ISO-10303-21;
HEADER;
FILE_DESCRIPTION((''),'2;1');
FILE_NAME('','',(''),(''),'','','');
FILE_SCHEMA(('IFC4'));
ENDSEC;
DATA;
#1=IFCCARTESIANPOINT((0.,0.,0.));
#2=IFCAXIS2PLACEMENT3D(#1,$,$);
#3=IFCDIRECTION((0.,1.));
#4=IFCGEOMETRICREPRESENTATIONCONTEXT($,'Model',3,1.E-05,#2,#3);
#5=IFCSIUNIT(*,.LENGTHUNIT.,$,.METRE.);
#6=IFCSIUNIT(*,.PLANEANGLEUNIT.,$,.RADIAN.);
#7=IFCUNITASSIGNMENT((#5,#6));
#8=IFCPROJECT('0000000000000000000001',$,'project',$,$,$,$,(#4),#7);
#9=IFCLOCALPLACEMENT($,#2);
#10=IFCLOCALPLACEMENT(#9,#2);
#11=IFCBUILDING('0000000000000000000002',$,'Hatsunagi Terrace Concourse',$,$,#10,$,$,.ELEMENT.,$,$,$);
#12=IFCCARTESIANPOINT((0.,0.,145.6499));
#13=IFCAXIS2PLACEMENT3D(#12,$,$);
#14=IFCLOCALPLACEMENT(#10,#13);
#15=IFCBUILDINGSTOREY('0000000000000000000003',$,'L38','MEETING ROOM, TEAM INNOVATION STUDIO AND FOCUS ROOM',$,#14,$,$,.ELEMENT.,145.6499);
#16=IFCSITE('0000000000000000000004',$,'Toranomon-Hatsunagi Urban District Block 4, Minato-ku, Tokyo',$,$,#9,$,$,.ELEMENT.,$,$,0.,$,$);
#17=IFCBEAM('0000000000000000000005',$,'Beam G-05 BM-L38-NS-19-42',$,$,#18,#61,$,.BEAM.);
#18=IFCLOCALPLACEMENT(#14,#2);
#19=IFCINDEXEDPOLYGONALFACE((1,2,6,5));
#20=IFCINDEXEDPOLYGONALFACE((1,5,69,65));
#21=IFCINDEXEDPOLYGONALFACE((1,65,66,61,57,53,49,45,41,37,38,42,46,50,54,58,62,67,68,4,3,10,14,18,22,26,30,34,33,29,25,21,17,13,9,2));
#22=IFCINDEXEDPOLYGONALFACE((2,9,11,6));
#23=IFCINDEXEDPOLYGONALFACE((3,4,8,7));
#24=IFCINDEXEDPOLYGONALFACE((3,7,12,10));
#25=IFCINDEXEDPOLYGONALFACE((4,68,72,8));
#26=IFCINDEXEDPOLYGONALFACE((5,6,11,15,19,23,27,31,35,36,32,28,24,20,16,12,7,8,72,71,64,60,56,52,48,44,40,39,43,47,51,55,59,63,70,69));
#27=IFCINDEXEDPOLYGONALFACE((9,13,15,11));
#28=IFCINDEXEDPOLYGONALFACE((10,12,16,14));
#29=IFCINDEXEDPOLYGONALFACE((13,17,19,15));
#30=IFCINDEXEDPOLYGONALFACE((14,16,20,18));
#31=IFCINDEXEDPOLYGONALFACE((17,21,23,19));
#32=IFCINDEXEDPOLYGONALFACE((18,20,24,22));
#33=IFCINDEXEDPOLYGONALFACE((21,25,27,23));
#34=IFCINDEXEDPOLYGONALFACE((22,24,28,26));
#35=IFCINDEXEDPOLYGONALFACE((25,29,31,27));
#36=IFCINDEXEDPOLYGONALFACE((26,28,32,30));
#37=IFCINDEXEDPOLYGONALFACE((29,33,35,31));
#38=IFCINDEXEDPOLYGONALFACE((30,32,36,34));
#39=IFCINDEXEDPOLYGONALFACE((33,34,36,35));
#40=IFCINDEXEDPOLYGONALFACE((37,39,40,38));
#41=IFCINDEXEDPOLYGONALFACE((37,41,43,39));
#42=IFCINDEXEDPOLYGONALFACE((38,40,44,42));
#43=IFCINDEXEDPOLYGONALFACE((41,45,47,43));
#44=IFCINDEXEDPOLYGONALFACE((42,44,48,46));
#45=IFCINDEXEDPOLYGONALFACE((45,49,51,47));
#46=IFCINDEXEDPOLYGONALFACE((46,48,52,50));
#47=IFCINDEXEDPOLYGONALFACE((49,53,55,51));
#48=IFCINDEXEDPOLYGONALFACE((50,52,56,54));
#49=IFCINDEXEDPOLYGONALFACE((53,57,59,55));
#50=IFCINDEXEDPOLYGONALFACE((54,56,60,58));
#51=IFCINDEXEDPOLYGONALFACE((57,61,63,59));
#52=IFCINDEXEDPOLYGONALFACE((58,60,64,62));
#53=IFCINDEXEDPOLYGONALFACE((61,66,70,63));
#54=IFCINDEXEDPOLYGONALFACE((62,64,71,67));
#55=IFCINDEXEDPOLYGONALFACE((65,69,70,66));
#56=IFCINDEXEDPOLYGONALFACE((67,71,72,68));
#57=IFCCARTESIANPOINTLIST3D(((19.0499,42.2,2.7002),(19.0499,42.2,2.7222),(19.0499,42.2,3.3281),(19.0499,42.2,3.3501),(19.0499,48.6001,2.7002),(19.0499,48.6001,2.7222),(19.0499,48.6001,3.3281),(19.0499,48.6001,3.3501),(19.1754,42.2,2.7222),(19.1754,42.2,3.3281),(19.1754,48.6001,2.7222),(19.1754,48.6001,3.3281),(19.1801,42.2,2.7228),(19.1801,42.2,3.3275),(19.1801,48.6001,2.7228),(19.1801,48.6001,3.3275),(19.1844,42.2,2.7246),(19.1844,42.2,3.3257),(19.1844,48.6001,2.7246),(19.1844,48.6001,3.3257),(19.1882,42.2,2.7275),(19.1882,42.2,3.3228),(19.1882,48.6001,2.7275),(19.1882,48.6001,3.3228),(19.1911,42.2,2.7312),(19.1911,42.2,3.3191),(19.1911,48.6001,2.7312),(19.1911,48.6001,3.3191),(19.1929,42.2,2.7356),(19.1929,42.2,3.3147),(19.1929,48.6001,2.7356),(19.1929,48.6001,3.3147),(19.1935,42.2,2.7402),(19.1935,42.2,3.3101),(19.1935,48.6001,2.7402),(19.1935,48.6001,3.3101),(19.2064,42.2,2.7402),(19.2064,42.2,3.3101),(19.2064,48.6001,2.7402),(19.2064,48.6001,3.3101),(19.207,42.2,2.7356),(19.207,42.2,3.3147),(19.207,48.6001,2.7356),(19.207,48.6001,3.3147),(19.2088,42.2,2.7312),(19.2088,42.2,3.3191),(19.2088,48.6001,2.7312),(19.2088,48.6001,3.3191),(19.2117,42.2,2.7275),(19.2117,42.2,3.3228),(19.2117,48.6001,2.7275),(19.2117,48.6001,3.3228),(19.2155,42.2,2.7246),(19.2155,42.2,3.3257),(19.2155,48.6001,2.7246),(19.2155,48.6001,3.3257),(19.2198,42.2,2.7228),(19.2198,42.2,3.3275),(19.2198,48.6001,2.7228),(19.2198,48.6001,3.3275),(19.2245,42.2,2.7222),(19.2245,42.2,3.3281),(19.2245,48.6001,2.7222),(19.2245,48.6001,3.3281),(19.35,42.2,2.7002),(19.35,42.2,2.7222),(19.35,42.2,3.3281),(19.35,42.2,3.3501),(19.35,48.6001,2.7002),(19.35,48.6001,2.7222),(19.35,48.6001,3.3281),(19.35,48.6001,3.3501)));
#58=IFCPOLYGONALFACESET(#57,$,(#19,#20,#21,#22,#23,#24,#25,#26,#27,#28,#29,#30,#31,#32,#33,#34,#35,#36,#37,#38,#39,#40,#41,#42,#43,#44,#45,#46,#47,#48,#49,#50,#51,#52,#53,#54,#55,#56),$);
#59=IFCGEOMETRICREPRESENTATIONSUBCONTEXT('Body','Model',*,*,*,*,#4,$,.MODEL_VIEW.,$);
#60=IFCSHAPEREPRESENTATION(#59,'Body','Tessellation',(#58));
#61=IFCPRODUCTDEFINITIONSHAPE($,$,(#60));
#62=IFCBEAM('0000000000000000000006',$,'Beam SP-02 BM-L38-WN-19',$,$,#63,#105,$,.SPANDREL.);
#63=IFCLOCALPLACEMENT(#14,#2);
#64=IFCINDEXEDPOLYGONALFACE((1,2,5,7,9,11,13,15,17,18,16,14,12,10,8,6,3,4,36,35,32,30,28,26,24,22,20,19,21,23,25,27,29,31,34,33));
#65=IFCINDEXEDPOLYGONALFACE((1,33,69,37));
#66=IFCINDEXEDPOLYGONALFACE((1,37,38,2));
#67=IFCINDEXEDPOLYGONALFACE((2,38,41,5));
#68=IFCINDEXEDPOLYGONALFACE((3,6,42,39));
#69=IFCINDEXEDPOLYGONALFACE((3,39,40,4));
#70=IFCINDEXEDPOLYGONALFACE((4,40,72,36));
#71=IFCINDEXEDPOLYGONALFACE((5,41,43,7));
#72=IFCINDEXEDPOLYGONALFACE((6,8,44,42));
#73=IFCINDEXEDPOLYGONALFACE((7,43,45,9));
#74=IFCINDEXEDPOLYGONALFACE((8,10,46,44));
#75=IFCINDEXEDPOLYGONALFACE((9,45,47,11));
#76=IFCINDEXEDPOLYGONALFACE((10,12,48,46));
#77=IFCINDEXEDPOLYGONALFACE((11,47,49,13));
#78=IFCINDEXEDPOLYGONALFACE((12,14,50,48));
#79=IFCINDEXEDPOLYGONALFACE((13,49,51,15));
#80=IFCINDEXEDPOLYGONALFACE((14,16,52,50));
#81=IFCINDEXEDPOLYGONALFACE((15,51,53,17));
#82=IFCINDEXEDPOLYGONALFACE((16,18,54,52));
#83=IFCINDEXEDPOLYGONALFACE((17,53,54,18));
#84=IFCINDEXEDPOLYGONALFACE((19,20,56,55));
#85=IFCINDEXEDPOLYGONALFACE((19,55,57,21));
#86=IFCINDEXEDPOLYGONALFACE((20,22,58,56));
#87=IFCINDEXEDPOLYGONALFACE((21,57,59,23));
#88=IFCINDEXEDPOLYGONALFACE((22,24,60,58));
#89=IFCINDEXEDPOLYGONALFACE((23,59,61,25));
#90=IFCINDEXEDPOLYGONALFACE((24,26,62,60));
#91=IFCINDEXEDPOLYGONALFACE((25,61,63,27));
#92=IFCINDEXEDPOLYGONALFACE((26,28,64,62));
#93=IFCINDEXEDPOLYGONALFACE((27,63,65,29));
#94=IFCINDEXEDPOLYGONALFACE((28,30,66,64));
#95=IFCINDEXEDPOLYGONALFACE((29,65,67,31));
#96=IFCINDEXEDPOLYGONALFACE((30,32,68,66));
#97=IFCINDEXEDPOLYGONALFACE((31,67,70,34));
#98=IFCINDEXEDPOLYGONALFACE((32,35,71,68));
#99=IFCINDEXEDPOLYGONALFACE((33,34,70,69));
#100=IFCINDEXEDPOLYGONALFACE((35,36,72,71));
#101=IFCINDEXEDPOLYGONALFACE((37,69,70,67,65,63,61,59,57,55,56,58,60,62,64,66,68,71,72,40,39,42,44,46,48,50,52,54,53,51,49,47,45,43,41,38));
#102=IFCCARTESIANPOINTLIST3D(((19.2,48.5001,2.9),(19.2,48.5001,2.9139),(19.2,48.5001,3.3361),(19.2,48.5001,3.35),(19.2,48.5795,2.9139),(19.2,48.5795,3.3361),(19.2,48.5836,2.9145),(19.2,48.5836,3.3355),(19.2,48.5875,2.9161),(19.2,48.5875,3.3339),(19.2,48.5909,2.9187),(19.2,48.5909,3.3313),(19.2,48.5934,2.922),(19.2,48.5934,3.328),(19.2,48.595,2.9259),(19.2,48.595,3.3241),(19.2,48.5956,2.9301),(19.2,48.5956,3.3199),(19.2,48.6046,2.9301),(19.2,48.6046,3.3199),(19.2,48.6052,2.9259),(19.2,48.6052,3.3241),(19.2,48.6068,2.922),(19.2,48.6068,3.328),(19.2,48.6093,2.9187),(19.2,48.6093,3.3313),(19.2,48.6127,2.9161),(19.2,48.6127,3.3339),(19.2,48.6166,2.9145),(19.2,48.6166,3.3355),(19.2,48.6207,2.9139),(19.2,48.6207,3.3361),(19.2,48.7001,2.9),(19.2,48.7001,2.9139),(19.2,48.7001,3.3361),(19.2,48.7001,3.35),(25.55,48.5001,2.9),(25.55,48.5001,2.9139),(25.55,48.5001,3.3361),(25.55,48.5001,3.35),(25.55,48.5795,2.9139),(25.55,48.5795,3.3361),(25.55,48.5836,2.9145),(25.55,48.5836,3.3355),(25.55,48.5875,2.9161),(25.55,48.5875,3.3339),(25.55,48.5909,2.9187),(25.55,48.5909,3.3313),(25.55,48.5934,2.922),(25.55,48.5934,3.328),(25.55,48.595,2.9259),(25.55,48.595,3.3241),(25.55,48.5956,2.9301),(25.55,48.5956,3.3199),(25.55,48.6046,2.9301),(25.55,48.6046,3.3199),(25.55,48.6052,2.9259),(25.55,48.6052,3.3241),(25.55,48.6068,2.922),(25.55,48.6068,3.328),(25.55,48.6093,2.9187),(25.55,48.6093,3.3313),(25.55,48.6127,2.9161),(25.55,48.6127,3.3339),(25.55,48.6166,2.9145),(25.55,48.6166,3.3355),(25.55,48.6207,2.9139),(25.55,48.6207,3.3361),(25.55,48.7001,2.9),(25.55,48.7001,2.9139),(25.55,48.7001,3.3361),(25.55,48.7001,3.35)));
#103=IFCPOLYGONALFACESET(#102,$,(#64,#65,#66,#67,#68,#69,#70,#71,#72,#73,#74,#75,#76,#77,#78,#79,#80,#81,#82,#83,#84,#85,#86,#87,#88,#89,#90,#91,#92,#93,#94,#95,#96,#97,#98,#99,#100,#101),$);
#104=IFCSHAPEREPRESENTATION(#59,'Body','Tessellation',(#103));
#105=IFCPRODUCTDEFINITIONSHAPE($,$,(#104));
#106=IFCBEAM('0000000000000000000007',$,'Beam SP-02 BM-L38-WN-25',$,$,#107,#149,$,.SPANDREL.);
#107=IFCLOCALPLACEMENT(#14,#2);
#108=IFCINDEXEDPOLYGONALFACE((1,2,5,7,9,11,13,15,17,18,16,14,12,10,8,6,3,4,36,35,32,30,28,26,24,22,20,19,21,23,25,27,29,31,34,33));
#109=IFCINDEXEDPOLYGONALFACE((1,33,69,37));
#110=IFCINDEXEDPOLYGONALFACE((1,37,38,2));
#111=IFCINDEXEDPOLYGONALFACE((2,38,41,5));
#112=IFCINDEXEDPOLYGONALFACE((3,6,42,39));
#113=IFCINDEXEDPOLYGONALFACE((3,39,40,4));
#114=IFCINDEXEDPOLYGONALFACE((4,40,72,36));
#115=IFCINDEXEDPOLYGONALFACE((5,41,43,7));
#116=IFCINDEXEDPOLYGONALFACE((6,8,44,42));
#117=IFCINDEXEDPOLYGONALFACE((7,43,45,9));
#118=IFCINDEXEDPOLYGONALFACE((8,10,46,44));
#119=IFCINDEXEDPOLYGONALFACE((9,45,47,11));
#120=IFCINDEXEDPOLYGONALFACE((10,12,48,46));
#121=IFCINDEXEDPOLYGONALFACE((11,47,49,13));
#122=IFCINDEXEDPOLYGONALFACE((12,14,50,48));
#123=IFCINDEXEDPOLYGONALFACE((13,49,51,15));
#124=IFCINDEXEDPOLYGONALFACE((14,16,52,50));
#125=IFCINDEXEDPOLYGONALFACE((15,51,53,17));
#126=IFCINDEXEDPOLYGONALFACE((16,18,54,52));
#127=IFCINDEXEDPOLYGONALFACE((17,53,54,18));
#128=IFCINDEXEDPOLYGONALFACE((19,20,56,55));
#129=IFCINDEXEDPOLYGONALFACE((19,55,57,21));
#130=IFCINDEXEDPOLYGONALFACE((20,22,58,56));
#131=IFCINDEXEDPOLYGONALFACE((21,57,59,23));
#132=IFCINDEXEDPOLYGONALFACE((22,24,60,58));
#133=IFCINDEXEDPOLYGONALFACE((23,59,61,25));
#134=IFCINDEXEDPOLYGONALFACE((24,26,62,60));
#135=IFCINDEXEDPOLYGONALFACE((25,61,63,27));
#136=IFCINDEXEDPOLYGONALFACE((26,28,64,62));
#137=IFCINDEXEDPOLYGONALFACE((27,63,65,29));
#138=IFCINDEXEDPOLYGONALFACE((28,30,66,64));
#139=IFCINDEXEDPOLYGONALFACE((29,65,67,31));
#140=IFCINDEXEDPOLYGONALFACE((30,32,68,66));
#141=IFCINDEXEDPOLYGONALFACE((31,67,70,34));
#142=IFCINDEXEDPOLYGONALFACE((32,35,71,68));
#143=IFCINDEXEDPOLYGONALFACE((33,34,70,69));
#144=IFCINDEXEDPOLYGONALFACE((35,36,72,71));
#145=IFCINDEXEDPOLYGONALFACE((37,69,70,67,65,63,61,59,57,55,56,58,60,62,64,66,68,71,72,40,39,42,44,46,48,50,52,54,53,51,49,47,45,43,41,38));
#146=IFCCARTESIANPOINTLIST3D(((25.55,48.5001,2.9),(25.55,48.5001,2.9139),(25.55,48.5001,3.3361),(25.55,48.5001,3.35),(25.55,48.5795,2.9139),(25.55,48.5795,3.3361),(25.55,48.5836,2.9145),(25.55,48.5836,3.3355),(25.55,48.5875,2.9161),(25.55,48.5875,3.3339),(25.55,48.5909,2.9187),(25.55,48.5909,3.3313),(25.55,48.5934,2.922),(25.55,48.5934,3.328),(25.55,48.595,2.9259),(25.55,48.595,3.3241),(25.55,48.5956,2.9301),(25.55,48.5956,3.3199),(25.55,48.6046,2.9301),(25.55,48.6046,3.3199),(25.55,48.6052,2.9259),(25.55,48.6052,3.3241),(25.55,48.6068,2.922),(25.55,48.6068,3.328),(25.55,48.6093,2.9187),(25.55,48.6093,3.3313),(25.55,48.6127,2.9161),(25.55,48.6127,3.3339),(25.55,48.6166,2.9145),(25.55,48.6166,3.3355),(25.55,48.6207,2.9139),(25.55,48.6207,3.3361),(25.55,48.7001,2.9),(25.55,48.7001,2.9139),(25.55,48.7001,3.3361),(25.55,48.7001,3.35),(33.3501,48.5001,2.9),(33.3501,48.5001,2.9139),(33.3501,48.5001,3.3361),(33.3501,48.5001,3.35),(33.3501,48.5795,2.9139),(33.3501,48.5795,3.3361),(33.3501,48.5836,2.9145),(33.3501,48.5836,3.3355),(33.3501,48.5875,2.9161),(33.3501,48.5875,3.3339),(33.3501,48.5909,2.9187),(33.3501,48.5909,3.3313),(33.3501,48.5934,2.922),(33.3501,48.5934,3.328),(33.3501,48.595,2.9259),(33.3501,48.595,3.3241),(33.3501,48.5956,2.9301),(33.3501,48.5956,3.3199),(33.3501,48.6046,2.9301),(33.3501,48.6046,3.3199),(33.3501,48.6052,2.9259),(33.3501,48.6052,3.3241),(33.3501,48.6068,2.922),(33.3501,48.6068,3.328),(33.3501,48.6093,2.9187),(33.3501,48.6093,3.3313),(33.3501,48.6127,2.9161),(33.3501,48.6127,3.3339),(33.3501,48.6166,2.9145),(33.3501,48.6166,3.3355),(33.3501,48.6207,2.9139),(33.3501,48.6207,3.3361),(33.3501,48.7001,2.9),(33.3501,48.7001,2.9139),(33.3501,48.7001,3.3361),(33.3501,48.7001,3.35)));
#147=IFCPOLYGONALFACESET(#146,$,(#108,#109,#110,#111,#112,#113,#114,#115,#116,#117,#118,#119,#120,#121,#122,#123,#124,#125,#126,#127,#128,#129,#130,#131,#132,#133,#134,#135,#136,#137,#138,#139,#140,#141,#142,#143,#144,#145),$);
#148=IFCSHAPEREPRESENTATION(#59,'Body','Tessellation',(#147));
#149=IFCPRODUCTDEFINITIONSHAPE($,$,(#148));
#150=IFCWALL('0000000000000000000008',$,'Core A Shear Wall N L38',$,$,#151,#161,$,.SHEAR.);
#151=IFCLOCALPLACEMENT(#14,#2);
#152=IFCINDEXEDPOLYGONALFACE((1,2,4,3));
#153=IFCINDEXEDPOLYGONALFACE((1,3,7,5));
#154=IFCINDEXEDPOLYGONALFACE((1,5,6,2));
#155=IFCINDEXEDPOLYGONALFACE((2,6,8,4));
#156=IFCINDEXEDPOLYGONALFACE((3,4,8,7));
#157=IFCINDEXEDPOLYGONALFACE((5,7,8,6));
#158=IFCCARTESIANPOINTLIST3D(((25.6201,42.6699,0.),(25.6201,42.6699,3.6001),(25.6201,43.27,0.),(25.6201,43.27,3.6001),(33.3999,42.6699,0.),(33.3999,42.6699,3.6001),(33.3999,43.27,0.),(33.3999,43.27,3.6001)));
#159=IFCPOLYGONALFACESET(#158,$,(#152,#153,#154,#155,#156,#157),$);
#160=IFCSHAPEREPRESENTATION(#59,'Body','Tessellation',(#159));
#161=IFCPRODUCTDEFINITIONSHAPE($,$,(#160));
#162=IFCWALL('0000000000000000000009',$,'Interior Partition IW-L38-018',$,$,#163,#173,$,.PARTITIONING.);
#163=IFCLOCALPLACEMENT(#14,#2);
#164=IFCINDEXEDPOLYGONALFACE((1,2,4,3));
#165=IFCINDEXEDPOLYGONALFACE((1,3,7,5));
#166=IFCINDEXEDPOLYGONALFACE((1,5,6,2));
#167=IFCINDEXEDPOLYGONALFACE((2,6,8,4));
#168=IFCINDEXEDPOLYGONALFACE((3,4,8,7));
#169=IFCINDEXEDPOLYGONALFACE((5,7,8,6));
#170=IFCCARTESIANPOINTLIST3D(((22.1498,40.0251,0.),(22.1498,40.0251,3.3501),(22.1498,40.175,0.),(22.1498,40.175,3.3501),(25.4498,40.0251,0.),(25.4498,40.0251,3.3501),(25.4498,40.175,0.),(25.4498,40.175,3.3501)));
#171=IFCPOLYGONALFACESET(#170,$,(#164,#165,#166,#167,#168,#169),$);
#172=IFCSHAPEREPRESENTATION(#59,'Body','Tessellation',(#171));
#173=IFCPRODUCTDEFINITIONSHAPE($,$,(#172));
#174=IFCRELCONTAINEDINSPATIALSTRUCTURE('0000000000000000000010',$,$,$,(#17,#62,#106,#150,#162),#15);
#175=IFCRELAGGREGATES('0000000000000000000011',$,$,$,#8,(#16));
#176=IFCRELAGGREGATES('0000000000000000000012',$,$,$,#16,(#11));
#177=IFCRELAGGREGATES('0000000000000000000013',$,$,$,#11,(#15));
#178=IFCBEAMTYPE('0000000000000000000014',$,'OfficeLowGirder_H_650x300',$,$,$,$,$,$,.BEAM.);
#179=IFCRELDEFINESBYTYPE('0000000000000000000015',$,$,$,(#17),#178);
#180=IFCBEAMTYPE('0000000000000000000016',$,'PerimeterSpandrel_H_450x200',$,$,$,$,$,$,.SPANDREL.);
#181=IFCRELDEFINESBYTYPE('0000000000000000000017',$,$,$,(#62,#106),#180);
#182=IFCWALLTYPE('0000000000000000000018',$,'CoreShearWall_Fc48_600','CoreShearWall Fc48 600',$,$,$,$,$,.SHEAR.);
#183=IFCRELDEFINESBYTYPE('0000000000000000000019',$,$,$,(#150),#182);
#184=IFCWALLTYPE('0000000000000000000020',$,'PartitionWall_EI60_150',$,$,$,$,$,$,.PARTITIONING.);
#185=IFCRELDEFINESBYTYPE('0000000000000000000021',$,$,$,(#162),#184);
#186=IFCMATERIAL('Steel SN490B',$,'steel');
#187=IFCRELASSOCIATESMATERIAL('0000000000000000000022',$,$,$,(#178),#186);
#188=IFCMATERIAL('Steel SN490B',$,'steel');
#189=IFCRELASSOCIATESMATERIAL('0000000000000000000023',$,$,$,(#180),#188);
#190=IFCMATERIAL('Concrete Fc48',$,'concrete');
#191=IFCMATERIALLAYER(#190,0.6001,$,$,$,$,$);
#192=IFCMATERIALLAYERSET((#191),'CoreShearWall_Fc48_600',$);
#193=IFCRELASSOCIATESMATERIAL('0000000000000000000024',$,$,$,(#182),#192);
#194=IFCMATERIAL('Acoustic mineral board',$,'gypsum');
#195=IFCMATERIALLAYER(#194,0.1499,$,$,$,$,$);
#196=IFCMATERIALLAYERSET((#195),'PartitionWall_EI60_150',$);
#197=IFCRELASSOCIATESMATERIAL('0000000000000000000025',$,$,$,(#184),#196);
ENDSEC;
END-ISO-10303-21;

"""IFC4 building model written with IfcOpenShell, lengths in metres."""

from ifc_helpers import new_model, si_unit, direction, frame, frame_2d, origin, origin_2d, place, context, subcontext, project, spatial, rectangle, i_section, extrude, material, layer, layer_set, material_profile, profile_set, type_object, element, save


model = new_model("IFC4")

# Units and contexts
model_context = context("Model", 3, precision=1e-05, world=origin(), true_north=direction((0.0, 1.0)))
body_context = subcontext(model_context, "Body", "Model", "MODEL_VIEW")
ifc_project = project(units=[si_unit("LENGTHUNIT", "METRE"), si_unit("PLANEANGLEUNIT", "RADIAN")], contexts=[model_context])

# Site, building, storey
site_placement = place(None, origin())
site = spatial("IfcSite", under=ifc_project, at=site_placement, Name="Toranomon-Hatsunagi Urban District Block 4, Minato-ku, Tokyo", CompositionType="ELEMENT", RefElevation=0.0)
building_placement = place(site_placement, origin())
building = spatial("IfcBuilding", under=site, at=building_placement, Name="Hatsunagi Terrace Concourse", CompositionType="ELEMENT")
storey_placement = place(building_placement, frame((0.0, 0.0, 145.6499)))
storey = spatial("IfcBuildingStorey", under=building, at=storey_placement, Name="L38", Description="MEETING ROOM, TEAM INNOVATION STUDIO AND FOCUS ROOM", CompositionType="ELEMENT", Elevation=145.6499)

# Beams
ifc_material_1 = material(Name="Steel SN490B", Category="steel")
ifc_material_profile_1 = material_profile(ifc_material_1, i_section(OverallWidth=0.3, OverallDepth=0.6499, WebThickness=0.0129, FlangeThickness=0.022, FilletRadius=0.0181, at=origin_2d()), Name="H-650x300x13x22")
ifc_profile_set_1 = profile_set([ifc_material_profile_1], Name="Steel SN490B")
beam_type_1 = type_object("IfcBeamType", Name="OfficeLowGirder_H_650x300", PredefinedType="BEAM", material=ifc_profile_set_1)
beam_1_placement = place(storey_placement, frame((19.2, 42.2, 3.0251), z_axis=(0.0, 1.0, 0.0), x_axis=(-1.0, 0.0, 0.0)))
element("IfcBeam", 1, at=beam_1_placement, inside=storey, type_object=beam_type_1, Name="Beam G-05 BM-L38-NS-19-42", PredefinedType="BEAM", context=body_context, shape_type="SweptSolid", body=[
    extrude(i_section(OverallWidth=0.3, OverallDepth=0.6499, WebThickness=0.0129, FlangeThickness=0.022, FilletRadius=0.0181, at=origin_2d()), origin(), (0.0, 0.0, 1.0), 6.4001),
])
ifc_material_2 = material(Name="Steel SN490B", Category="steel")
ifc_material_profile_2 = material_profile(ifc_material_2, i_section(OverallWidth=0.2, OverallDepth=0.45, WebThickness=0.009, FlangeThickness=0.0139, FilletRadius=0.0161, at=origin_2d()), Name="H-450x200x9x14")
ifc_profile_set_2 = profile_set([ifc_material_profile_2], Name="Steel SN490B")
beam_type_2 = type_object("IfcBeamType", Name="PerimeterSpandrel_H_450x200", PredefinedType="SPANDREL", material=ifc_profile_set_2)
beam_2_placement = place(storey_placement, frame((19.2, 48.6001, 3.125), z_axis=(1.0, 0.0, 0.0), x_axis=(0.0, 1.0, 0.0)))
element("IfcBeam", 2, at=beam_2_placement, inside=storey, type_object=beam_type_2, Name="Beam SP-02 BM-L38-WN-19", PredefinedType="SPANDREL", context=body_context, shape_type="SweptSolid", body=[
    extrude(i_section(OverallWidth=0.2, OverallDepth=0.45, WebThickness=0.009, FlangeThickness=0.0139, FilletRadius=0.0161, at=origin_2d()), origin(), (0.0, 0.0, 1.0), 6.3501),
])
beam_3_placement = place(storey_placement, frame((25.55, 48.6001, 3.125), z_axis=(1.0, 0.0, 0.0), x_axis=(0.0, 1.0, 0.0)))
element("IfcBeam", 3, at=beam_3_placement, inside=storey, type_object=beam_type_2, Name="Beam SP-02 BM-L38-WN-25", PredefinedType="SPANDREL", context=body_context, shape_type="SweptSolid", body=[
    extrude(i_section(OverallWidth=0.2, OverallDepth=0.45, WebThickness=0.009, FlangeThickness=0.0139, FilletRadius=0.0161, at=origin_2d()), origin(), (0.0, 0.0, 1.0), 7.8),
])

# Walls
ifc_material_3 = material(Name="Concrete Fc48", Category="concrete")
ifc_layer_1 = layer(ifc_material_3, 0.6001)
ifc_layer_set_1 = layer_set([ifc_layer_1], Name="CoreShearWall_Fc48_600")
wall_type_1 = type_object("IfcWallType", Name="CoreShearWall_Fc48_600", Description="CoreShearWall Fc48 600", PredefinedType="SHEAR", material=ifc_layer_set_1)
wall_1_placement = place(storey_placement, frame((25.6201, 42.97, 0.0), z_axis=(0.0, 0.0, 1.0), x_axis=(1.0, 0.0, 0.0)))
element("IfcWall", 4, at=wall_1_placement, inside=storey, type_object=wall_type_1, Name="Core A Shear Wall N L38", PredefinedType="SHEAR", context=body_context, shape_type="SweptSolid", body=[
    extrude(rectangle(XDim=7.7798, YDim=0.6001, at=frame_2d((3.8899, 0.0))), origin(), (0.0, 0.0, 1.0), 3.6001),
])
ifc_material_4 = material(Name="Acoustic mineral board", Category="gypsum")
ifc_layer_2 = layer(ifc_material_4, 0.1499)
ifc_layer_set_2 = layer_set([ifc_layer_2], Name="PartitionWall_EI60_150")
wall_type_2 = type_object("IfcWallType", Name="PartitionWall_EI60_150", PredefinedType="PARTITIONING", material=ifc_layer_set_2)
wall_2_placement = place(storey_placement, frame((22.1499, 40.1001, 0.0), z_axis=(0.0, 0.0, 1.0), x_axis=(1.0, 0.0, 0.0)))
element("IfcWall", 5, at=wall_2_placement, inside=storey, type_object=wall_type_2, Name="Interior Partition IW-L38-018", PredefinedType="PARTITIONING", context=body_context, shape_type="SweptSolid", body=[
    extrude(rectangle(XDim=3.3, YDim=0.1499, at=frame_2d((1.6499, 0.0))), origin(), (0.0, 0.0, 1.0), 3.3501),
])

save(model, "model.ifc")
